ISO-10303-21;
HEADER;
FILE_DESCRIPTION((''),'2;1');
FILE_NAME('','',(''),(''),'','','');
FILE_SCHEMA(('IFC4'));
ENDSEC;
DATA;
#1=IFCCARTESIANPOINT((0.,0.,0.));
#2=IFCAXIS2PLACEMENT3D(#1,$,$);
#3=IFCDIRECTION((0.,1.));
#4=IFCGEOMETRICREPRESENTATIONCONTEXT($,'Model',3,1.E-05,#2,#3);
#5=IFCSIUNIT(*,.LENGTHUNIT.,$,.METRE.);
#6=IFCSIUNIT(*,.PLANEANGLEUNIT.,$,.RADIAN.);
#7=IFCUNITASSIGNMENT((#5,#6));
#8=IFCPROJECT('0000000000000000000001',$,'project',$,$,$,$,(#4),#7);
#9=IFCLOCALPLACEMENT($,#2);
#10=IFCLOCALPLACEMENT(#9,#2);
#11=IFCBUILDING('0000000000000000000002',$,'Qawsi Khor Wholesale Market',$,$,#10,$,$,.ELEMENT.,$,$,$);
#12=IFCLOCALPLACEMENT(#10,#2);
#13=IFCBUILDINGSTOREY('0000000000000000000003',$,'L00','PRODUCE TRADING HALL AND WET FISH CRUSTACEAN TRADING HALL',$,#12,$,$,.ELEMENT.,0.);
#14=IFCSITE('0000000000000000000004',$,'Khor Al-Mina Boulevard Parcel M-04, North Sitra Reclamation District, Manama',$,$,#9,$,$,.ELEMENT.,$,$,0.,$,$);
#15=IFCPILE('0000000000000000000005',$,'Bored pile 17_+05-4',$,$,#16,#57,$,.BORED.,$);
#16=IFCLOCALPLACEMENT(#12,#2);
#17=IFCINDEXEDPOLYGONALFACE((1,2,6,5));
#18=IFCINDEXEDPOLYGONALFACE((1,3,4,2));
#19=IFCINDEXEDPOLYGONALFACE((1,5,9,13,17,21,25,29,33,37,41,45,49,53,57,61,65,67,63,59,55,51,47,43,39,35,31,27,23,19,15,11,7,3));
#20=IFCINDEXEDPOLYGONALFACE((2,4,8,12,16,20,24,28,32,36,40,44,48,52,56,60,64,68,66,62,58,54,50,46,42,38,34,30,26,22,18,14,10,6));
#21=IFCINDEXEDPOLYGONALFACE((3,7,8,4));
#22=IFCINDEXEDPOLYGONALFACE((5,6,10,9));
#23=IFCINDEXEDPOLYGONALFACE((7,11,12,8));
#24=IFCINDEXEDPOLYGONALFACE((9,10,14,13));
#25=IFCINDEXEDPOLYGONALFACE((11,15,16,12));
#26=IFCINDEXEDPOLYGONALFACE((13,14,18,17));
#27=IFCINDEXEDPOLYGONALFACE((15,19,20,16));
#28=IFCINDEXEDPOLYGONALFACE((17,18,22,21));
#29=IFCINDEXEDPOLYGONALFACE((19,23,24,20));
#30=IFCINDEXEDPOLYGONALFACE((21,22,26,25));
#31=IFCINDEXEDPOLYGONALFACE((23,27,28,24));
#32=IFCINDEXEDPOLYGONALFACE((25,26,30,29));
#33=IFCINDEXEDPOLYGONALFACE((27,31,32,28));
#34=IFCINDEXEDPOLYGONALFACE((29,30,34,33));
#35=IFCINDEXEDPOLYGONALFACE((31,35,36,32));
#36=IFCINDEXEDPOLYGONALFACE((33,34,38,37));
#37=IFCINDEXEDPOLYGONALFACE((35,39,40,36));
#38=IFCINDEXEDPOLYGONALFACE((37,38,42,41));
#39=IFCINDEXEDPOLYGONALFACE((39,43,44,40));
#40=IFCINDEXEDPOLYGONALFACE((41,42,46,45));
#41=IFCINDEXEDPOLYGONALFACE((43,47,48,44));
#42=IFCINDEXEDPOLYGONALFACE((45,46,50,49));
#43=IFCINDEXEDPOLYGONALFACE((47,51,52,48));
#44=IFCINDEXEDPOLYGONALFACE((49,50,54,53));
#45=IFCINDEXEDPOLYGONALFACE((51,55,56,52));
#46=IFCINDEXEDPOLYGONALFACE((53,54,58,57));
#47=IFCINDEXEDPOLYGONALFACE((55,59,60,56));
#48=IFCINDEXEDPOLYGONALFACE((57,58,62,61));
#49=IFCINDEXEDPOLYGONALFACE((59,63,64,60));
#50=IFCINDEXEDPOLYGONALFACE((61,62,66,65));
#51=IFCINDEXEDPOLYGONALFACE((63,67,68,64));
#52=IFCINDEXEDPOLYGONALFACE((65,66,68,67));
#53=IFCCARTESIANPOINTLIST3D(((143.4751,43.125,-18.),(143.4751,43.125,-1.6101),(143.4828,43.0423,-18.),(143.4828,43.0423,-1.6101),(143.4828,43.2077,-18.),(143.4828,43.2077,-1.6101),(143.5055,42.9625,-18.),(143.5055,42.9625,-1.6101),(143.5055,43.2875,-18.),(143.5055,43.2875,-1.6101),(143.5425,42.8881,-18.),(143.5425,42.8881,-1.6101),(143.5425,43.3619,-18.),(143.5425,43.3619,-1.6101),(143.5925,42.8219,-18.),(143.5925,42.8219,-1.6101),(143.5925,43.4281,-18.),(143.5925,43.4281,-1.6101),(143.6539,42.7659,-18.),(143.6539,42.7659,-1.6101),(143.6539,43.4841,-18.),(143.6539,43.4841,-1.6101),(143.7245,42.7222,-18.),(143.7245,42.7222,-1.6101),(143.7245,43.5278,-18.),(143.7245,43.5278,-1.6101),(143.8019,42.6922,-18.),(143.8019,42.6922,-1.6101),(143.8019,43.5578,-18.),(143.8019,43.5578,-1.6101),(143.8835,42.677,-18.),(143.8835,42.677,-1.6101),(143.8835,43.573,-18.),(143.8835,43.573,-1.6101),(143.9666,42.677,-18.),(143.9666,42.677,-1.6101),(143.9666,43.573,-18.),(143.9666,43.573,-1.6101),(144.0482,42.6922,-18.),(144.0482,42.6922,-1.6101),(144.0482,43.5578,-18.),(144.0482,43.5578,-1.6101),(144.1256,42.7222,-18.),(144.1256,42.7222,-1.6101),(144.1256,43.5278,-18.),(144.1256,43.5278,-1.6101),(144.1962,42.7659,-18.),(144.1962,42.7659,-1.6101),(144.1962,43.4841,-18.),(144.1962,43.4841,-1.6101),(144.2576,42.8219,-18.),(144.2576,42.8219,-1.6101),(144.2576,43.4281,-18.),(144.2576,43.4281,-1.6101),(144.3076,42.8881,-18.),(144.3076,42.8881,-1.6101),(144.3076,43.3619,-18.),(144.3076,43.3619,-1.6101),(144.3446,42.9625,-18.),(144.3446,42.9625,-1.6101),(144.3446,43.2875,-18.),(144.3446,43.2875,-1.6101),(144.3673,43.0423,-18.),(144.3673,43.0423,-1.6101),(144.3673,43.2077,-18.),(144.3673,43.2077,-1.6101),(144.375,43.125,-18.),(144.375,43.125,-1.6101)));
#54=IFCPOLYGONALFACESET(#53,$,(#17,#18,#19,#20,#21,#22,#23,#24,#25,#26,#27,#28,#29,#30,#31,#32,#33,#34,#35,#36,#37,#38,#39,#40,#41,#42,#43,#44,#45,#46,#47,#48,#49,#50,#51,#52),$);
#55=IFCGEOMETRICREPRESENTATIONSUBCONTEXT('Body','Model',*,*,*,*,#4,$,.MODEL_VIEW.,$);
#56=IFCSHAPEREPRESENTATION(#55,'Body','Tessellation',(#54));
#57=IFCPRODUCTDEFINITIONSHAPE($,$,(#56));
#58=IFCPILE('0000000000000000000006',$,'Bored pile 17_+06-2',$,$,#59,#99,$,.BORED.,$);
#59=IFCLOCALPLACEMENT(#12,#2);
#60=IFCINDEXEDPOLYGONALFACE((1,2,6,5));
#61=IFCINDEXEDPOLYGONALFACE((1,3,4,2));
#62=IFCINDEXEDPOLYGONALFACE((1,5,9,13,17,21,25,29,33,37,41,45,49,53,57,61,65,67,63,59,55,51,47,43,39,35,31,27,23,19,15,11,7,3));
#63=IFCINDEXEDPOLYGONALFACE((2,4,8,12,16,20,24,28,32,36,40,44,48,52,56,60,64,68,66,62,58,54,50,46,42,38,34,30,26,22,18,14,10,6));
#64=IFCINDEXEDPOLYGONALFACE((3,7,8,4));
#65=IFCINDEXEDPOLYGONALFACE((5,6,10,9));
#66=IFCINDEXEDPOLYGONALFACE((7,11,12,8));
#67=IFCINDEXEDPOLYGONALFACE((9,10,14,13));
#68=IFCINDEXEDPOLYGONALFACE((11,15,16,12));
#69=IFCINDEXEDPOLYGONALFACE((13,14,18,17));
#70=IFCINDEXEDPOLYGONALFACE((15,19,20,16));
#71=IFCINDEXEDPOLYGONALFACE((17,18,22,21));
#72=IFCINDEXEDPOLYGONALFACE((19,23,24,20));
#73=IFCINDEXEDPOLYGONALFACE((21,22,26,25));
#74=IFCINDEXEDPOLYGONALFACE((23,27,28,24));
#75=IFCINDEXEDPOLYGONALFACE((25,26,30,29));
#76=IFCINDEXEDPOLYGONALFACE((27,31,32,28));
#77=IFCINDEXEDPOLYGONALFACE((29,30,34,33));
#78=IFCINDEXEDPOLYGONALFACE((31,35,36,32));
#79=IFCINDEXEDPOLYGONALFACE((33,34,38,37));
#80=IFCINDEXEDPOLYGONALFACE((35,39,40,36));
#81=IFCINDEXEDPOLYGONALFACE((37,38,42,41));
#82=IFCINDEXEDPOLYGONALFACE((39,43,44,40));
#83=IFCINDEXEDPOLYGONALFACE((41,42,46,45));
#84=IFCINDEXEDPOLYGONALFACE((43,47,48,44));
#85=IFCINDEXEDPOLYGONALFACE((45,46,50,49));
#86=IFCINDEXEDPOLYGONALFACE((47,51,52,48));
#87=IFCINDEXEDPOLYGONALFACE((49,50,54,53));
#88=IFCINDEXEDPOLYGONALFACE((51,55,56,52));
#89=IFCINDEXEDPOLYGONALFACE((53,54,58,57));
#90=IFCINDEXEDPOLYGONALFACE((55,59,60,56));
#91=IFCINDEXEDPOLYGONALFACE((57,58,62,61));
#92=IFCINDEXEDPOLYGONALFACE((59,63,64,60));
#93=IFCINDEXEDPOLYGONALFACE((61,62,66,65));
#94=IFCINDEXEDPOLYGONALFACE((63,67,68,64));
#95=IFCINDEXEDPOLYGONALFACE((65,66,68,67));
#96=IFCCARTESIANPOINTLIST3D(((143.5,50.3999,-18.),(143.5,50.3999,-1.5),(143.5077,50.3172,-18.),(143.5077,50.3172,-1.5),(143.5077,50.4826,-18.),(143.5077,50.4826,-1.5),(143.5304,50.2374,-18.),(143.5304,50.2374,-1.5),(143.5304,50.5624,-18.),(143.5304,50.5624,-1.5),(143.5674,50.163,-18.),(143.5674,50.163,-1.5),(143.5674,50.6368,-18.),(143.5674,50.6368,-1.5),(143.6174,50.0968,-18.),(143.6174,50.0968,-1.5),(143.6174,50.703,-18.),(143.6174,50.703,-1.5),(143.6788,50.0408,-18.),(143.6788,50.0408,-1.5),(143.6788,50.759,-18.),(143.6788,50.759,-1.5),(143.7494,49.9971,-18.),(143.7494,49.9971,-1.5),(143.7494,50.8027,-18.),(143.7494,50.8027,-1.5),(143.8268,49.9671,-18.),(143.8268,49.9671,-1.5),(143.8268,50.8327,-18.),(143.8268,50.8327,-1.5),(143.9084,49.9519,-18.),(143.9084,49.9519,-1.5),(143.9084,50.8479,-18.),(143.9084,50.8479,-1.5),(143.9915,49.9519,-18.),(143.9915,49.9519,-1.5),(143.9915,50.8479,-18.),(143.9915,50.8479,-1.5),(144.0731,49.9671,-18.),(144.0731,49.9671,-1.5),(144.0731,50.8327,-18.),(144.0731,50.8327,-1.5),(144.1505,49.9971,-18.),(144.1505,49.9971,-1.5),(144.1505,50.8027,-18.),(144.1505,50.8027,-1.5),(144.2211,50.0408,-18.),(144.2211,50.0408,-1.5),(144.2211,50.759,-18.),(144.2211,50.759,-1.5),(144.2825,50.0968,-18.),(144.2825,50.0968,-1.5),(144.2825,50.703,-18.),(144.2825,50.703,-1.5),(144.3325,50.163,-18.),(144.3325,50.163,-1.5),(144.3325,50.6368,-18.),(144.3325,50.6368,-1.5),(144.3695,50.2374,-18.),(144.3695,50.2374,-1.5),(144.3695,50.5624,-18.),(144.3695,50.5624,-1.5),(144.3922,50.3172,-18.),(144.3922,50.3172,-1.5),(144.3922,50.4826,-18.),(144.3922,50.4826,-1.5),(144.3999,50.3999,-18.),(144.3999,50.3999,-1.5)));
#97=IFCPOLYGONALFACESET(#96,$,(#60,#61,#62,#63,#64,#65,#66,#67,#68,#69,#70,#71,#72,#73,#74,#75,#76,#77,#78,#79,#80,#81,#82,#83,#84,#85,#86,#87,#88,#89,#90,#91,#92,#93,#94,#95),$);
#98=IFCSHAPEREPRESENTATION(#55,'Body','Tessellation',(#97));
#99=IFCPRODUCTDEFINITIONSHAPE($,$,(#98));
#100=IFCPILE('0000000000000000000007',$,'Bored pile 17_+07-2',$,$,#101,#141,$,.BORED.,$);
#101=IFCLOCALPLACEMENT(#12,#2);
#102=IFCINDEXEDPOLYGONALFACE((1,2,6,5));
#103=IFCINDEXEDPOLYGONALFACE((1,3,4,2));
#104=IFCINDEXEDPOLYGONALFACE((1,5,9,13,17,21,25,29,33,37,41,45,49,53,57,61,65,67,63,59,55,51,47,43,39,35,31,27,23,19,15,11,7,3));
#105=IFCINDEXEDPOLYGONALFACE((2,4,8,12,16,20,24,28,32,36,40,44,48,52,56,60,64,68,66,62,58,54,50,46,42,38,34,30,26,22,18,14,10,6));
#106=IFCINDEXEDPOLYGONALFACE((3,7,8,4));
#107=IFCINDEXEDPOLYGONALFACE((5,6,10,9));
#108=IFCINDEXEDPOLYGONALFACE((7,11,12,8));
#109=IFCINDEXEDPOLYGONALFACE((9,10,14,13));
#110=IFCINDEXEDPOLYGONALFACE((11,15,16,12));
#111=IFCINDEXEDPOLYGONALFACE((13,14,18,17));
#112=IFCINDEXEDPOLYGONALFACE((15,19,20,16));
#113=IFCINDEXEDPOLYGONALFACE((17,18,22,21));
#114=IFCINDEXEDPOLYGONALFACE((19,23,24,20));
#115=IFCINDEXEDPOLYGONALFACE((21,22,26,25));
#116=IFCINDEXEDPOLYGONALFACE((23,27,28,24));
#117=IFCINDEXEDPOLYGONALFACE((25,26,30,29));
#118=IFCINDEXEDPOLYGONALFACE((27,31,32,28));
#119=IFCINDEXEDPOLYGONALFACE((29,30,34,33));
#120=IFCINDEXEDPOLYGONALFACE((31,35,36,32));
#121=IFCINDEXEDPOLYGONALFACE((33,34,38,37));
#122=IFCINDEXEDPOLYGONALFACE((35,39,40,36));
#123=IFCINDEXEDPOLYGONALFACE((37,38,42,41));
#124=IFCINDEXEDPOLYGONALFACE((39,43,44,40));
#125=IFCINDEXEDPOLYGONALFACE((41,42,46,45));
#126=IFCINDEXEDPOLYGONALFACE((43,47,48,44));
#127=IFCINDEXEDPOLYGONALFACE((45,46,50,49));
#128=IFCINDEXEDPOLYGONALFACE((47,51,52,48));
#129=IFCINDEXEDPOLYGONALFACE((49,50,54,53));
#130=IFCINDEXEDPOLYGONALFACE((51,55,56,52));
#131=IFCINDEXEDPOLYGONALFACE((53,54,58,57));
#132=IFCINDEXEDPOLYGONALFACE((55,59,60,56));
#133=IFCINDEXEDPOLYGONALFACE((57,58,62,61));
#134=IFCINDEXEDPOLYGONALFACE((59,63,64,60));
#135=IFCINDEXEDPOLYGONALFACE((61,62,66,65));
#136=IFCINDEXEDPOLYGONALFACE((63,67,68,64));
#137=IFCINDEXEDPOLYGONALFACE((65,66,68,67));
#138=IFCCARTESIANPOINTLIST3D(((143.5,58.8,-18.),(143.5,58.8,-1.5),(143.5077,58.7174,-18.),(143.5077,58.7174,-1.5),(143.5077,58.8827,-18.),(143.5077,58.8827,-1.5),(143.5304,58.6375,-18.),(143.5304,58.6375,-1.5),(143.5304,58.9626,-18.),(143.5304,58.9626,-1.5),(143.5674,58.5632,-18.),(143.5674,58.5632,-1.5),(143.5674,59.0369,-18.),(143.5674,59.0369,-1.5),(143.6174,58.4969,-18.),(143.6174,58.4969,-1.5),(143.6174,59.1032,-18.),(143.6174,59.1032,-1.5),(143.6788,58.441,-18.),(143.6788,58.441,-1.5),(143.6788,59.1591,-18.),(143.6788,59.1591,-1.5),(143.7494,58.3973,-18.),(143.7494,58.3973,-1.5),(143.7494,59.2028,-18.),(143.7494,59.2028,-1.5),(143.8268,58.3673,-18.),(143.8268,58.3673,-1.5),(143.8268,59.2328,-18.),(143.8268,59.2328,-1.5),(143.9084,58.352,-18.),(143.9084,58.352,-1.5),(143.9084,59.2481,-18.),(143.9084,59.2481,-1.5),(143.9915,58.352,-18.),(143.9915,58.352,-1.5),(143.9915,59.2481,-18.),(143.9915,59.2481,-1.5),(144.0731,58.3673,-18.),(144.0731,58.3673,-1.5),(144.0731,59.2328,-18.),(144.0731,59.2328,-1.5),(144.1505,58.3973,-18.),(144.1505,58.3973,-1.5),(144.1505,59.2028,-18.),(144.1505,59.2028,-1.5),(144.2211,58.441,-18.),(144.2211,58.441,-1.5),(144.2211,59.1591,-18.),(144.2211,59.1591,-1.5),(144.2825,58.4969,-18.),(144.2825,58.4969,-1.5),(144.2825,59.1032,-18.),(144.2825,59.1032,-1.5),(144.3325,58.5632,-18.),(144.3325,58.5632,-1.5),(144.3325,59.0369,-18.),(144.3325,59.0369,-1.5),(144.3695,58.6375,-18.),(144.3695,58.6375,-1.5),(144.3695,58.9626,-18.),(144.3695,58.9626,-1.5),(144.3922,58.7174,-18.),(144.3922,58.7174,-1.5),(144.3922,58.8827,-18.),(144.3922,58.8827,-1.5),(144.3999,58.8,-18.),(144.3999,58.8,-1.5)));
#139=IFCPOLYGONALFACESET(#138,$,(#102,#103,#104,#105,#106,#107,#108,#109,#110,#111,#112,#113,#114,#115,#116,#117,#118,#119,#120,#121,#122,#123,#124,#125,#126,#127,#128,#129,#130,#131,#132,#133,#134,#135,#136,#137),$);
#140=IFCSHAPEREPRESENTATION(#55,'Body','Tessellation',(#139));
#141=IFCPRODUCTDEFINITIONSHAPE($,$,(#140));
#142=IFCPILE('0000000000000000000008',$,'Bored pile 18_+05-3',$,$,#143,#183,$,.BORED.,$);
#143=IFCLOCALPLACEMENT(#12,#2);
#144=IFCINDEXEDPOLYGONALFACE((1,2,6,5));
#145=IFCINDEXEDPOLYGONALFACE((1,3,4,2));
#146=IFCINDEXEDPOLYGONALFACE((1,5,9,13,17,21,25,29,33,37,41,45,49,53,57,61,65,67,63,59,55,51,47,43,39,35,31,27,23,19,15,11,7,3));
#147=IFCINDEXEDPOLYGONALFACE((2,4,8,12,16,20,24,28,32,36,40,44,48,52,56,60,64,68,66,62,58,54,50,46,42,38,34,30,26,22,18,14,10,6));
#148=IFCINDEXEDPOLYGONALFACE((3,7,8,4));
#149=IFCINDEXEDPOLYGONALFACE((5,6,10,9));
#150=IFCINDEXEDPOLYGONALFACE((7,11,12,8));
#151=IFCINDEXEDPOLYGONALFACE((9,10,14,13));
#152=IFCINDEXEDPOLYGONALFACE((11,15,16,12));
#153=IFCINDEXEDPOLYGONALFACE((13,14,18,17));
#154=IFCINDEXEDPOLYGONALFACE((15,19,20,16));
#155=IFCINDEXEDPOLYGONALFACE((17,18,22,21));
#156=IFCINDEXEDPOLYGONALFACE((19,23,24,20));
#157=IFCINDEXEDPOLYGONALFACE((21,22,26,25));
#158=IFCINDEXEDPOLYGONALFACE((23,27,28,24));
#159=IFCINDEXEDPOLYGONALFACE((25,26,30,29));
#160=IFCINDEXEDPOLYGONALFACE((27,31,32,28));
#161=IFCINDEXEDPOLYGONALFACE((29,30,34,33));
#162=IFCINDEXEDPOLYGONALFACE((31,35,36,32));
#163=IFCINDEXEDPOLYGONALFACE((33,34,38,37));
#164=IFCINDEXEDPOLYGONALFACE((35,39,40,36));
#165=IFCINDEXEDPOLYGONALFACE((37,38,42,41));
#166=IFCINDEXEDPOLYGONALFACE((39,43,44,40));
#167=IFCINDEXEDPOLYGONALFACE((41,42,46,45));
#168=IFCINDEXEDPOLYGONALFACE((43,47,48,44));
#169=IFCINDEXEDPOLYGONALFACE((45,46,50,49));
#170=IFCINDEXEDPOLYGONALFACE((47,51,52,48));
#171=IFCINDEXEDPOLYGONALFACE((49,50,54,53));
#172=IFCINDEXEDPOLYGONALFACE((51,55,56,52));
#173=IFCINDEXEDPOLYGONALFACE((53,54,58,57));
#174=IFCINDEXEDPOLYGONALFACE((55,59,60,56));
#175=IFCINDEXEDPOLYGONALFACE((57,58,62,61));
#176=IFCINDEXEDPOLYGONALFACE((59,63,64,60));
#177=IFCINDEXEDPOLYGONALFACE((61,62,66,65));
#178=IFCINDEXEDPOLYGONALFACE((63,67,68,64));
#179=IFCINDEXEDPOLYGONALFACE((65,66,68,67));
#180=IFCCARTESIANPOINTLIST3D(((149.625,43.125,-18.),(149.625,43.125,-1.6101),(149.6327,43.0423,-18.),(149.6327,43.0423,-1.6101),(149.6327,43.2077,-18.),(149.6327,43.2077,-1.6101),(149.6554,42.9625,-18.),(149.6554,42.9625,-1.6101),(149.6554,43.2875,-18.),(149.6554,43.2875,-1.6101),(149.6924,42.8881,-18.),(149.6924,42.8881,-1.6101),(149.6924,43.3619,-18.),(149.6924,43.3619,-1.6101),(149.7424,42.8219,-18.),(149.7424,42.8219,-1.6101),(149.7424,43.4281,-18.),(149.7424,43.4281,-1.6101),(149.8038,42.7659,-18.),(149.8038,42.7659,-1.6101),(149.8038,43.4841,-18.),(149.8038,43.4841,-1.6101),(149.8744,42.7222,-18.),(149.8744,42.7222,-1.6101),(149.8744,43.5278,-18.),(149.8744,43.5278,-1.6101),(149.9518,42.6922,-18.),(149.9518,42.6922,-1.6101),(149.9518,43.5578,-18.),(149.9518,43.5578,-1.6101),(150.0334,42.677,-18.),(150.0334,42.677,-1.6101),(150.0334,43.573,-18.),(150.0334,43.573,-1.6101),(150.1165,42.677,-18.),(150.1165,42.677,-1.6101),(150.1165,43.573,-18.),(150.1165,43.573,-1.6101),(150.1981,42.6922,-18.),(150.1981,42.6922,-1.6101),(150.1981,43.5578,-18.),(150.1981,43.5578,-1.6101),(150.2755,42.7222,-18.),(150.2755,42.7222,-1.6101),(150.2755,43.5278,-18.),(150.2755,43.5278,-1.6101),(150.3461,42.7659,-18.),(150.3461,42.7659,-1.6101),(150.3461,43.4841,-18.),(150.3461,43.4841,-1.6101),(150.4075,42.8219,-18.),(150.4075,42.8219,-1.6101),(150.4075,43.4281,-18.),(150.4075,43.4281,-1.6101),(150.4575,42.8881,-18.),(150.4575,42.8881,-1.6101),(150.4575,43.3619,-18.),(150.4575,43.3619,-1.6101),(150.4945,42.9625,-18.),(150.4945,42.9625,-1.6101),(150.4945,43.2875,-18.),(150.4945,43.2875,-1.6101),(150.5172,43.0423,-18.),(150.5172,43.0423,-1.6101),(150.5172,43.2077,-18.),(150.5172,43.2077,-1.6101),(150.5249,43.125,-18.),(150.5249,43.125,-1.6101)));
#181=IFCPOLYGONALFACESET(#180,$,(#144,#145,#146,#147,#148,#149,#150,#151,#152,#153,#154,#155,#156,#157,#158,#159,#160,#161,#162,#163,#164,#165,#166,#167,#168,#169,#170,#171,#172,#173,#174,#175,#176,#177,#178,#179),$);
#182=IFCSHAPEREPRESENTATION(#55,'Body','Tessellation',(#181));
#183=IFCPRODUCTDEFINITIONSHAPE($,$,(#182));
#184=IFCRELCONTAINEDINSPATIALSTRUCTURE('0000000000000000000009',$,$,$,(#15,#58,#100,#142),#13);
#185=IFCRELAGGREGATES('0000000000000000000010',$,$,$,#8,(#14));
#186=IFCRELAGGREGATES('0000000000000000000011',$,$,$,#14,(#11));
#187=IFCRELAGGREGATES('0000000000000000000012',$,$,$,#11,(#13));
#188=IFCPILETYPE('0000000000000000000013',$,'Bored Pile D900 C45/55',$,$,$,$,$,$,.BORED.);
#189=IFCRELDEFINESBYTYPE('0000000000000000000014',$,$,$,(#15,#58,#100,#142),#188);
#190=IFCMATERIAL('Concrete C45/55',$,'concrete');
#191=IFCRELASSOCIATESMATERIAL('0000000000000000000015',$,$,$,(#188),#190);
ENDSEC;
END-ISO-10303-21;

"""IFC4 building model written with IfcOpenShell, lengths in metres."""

from ifc_helpers import new_model, si_unit, direction, frame, origin, origin_2d, place, context, subcontext, project, spatial, circle, extrude, material, material_profile, profile_set, type_object, element, save


model = new_model("IFC4")

# Units and contexts
model_context = context("Model", 3, precision=1e-05, world=origin(), true_north=direction((0.0, 1.0)))
body_context = subcontext(model_context, "Body", "Model", "MODEL_VIEW")
ifc_project = project(units=[si_unit("LENGTHUNIT", "METRE"), si_unit("PLANEANGLEUNIT", "RADIAN")], contexts=[model_context])

# Site, building, storey
site_placement = place(None, origin())
site = spatial("IfcSite", under=ifc_project, at=site_placement, Name="Khor Al-Mina Boulevard Parcel M-04, North Sitra Reclamation District, Manama", CompositionType="ELEMENT", RefElevation=0.0)
building_placement = place(site_placement, origin())
building = spatial("IfcBuilding", under=site, at=building_placement, Name="Qawsi Khor Wholesale Market", CompositionType="ELEMENT")
storey_placement = place(building_placement, origin())
storey = spatial("IfcBuildingStorey", under=building, at=storey_placement, Name="L00", Description="PRODUCE TRADING HALL AND WET FISH CRUSTACEAN TRADING HALL", CompositionType="ELEMENT", Elevation=0.0)

# Piles
ifc_material_1 = material(Name="Concrete C45/55", Category="concrete")
ifc_material_profile_1 = material_profile(ifc_material_1, circle(Radius=0.45, at=origin_2d()), Name="PILE D900")
ifc_profile_set_1 = profile_set([ifc_material_profile_1], Name="Concrete C45/55")
pile_type = type_object("IfcPileType", Name="Bored Pile D900 C45/55", PredefinedType="BORED", material=ifc_profile_set_1)
pile_placement = place(storey_placement, frame((143.925, 43.125, -1.6101), z_axis=(0.0, 0.0, -1.0), x_axis=(1.0, 0.0, 0.0)))
element("IfcPile", 1, at=pile_placement, inside=storey, type_object=pile_type, Name="Bored pile 17_+05-4", PredefinedType="BORED", context=body_context, shape_type="SweptSolid", body=[
    extrude(circle(Radius=0.45, at=origin_2d()), origin(), (0.0, 0.0, 1.0), 16.3899),
])
for number, where, z_axis, x_axis, name in (
    (2, (143.95, 50.3999, -1.5), (0.0, 0.0, -1.0), (1.0, 0.0, 0.0), "Bored pile 17_+06-2"),
    (3, (143.95, 58.8, -1.5), (0.0, 0.0, -1.0), (1.0, 0.0, 0.0), "Bored pile 17_+07-2"),
):
    element("IfcPile", number, at=place(storey_placement, frame(where, z_axis=z_axis, x_axis=x_axis)), inside=storey, type_object=pile_type, Name=name, PredefinedType="BORED", context=body_context, shape_type="SweptSolid", body=[
        extrude(circle(Radius=0.45, at=origin_2d()), origin(), (0.0, 0.0, 1.0), 16.5),
    ])
for number, where, z_axis, x_axis, name in (
    (4, (150.075, 43.125, -1.6101), (0.0, 0.0, -1.0), (1.0, 0.0, 0.0), "Bored pile 18_+05-3"),
):
    element("IfcPile", number, at=place(storey_placement, frame(where, z_axis=z_axis, x_axis=x_axis)), inside=storey, type_object=pile_type, Name=name, PredefinedType="BORED", context=body_context, shape_type="SweptSolid", body=[
        extrude(circle(Radius=0.45, at=origin_2d()), origin(), (0.0, 0.0, 1.0), 16.3899),
    ])

save(model, "model.ifc")
